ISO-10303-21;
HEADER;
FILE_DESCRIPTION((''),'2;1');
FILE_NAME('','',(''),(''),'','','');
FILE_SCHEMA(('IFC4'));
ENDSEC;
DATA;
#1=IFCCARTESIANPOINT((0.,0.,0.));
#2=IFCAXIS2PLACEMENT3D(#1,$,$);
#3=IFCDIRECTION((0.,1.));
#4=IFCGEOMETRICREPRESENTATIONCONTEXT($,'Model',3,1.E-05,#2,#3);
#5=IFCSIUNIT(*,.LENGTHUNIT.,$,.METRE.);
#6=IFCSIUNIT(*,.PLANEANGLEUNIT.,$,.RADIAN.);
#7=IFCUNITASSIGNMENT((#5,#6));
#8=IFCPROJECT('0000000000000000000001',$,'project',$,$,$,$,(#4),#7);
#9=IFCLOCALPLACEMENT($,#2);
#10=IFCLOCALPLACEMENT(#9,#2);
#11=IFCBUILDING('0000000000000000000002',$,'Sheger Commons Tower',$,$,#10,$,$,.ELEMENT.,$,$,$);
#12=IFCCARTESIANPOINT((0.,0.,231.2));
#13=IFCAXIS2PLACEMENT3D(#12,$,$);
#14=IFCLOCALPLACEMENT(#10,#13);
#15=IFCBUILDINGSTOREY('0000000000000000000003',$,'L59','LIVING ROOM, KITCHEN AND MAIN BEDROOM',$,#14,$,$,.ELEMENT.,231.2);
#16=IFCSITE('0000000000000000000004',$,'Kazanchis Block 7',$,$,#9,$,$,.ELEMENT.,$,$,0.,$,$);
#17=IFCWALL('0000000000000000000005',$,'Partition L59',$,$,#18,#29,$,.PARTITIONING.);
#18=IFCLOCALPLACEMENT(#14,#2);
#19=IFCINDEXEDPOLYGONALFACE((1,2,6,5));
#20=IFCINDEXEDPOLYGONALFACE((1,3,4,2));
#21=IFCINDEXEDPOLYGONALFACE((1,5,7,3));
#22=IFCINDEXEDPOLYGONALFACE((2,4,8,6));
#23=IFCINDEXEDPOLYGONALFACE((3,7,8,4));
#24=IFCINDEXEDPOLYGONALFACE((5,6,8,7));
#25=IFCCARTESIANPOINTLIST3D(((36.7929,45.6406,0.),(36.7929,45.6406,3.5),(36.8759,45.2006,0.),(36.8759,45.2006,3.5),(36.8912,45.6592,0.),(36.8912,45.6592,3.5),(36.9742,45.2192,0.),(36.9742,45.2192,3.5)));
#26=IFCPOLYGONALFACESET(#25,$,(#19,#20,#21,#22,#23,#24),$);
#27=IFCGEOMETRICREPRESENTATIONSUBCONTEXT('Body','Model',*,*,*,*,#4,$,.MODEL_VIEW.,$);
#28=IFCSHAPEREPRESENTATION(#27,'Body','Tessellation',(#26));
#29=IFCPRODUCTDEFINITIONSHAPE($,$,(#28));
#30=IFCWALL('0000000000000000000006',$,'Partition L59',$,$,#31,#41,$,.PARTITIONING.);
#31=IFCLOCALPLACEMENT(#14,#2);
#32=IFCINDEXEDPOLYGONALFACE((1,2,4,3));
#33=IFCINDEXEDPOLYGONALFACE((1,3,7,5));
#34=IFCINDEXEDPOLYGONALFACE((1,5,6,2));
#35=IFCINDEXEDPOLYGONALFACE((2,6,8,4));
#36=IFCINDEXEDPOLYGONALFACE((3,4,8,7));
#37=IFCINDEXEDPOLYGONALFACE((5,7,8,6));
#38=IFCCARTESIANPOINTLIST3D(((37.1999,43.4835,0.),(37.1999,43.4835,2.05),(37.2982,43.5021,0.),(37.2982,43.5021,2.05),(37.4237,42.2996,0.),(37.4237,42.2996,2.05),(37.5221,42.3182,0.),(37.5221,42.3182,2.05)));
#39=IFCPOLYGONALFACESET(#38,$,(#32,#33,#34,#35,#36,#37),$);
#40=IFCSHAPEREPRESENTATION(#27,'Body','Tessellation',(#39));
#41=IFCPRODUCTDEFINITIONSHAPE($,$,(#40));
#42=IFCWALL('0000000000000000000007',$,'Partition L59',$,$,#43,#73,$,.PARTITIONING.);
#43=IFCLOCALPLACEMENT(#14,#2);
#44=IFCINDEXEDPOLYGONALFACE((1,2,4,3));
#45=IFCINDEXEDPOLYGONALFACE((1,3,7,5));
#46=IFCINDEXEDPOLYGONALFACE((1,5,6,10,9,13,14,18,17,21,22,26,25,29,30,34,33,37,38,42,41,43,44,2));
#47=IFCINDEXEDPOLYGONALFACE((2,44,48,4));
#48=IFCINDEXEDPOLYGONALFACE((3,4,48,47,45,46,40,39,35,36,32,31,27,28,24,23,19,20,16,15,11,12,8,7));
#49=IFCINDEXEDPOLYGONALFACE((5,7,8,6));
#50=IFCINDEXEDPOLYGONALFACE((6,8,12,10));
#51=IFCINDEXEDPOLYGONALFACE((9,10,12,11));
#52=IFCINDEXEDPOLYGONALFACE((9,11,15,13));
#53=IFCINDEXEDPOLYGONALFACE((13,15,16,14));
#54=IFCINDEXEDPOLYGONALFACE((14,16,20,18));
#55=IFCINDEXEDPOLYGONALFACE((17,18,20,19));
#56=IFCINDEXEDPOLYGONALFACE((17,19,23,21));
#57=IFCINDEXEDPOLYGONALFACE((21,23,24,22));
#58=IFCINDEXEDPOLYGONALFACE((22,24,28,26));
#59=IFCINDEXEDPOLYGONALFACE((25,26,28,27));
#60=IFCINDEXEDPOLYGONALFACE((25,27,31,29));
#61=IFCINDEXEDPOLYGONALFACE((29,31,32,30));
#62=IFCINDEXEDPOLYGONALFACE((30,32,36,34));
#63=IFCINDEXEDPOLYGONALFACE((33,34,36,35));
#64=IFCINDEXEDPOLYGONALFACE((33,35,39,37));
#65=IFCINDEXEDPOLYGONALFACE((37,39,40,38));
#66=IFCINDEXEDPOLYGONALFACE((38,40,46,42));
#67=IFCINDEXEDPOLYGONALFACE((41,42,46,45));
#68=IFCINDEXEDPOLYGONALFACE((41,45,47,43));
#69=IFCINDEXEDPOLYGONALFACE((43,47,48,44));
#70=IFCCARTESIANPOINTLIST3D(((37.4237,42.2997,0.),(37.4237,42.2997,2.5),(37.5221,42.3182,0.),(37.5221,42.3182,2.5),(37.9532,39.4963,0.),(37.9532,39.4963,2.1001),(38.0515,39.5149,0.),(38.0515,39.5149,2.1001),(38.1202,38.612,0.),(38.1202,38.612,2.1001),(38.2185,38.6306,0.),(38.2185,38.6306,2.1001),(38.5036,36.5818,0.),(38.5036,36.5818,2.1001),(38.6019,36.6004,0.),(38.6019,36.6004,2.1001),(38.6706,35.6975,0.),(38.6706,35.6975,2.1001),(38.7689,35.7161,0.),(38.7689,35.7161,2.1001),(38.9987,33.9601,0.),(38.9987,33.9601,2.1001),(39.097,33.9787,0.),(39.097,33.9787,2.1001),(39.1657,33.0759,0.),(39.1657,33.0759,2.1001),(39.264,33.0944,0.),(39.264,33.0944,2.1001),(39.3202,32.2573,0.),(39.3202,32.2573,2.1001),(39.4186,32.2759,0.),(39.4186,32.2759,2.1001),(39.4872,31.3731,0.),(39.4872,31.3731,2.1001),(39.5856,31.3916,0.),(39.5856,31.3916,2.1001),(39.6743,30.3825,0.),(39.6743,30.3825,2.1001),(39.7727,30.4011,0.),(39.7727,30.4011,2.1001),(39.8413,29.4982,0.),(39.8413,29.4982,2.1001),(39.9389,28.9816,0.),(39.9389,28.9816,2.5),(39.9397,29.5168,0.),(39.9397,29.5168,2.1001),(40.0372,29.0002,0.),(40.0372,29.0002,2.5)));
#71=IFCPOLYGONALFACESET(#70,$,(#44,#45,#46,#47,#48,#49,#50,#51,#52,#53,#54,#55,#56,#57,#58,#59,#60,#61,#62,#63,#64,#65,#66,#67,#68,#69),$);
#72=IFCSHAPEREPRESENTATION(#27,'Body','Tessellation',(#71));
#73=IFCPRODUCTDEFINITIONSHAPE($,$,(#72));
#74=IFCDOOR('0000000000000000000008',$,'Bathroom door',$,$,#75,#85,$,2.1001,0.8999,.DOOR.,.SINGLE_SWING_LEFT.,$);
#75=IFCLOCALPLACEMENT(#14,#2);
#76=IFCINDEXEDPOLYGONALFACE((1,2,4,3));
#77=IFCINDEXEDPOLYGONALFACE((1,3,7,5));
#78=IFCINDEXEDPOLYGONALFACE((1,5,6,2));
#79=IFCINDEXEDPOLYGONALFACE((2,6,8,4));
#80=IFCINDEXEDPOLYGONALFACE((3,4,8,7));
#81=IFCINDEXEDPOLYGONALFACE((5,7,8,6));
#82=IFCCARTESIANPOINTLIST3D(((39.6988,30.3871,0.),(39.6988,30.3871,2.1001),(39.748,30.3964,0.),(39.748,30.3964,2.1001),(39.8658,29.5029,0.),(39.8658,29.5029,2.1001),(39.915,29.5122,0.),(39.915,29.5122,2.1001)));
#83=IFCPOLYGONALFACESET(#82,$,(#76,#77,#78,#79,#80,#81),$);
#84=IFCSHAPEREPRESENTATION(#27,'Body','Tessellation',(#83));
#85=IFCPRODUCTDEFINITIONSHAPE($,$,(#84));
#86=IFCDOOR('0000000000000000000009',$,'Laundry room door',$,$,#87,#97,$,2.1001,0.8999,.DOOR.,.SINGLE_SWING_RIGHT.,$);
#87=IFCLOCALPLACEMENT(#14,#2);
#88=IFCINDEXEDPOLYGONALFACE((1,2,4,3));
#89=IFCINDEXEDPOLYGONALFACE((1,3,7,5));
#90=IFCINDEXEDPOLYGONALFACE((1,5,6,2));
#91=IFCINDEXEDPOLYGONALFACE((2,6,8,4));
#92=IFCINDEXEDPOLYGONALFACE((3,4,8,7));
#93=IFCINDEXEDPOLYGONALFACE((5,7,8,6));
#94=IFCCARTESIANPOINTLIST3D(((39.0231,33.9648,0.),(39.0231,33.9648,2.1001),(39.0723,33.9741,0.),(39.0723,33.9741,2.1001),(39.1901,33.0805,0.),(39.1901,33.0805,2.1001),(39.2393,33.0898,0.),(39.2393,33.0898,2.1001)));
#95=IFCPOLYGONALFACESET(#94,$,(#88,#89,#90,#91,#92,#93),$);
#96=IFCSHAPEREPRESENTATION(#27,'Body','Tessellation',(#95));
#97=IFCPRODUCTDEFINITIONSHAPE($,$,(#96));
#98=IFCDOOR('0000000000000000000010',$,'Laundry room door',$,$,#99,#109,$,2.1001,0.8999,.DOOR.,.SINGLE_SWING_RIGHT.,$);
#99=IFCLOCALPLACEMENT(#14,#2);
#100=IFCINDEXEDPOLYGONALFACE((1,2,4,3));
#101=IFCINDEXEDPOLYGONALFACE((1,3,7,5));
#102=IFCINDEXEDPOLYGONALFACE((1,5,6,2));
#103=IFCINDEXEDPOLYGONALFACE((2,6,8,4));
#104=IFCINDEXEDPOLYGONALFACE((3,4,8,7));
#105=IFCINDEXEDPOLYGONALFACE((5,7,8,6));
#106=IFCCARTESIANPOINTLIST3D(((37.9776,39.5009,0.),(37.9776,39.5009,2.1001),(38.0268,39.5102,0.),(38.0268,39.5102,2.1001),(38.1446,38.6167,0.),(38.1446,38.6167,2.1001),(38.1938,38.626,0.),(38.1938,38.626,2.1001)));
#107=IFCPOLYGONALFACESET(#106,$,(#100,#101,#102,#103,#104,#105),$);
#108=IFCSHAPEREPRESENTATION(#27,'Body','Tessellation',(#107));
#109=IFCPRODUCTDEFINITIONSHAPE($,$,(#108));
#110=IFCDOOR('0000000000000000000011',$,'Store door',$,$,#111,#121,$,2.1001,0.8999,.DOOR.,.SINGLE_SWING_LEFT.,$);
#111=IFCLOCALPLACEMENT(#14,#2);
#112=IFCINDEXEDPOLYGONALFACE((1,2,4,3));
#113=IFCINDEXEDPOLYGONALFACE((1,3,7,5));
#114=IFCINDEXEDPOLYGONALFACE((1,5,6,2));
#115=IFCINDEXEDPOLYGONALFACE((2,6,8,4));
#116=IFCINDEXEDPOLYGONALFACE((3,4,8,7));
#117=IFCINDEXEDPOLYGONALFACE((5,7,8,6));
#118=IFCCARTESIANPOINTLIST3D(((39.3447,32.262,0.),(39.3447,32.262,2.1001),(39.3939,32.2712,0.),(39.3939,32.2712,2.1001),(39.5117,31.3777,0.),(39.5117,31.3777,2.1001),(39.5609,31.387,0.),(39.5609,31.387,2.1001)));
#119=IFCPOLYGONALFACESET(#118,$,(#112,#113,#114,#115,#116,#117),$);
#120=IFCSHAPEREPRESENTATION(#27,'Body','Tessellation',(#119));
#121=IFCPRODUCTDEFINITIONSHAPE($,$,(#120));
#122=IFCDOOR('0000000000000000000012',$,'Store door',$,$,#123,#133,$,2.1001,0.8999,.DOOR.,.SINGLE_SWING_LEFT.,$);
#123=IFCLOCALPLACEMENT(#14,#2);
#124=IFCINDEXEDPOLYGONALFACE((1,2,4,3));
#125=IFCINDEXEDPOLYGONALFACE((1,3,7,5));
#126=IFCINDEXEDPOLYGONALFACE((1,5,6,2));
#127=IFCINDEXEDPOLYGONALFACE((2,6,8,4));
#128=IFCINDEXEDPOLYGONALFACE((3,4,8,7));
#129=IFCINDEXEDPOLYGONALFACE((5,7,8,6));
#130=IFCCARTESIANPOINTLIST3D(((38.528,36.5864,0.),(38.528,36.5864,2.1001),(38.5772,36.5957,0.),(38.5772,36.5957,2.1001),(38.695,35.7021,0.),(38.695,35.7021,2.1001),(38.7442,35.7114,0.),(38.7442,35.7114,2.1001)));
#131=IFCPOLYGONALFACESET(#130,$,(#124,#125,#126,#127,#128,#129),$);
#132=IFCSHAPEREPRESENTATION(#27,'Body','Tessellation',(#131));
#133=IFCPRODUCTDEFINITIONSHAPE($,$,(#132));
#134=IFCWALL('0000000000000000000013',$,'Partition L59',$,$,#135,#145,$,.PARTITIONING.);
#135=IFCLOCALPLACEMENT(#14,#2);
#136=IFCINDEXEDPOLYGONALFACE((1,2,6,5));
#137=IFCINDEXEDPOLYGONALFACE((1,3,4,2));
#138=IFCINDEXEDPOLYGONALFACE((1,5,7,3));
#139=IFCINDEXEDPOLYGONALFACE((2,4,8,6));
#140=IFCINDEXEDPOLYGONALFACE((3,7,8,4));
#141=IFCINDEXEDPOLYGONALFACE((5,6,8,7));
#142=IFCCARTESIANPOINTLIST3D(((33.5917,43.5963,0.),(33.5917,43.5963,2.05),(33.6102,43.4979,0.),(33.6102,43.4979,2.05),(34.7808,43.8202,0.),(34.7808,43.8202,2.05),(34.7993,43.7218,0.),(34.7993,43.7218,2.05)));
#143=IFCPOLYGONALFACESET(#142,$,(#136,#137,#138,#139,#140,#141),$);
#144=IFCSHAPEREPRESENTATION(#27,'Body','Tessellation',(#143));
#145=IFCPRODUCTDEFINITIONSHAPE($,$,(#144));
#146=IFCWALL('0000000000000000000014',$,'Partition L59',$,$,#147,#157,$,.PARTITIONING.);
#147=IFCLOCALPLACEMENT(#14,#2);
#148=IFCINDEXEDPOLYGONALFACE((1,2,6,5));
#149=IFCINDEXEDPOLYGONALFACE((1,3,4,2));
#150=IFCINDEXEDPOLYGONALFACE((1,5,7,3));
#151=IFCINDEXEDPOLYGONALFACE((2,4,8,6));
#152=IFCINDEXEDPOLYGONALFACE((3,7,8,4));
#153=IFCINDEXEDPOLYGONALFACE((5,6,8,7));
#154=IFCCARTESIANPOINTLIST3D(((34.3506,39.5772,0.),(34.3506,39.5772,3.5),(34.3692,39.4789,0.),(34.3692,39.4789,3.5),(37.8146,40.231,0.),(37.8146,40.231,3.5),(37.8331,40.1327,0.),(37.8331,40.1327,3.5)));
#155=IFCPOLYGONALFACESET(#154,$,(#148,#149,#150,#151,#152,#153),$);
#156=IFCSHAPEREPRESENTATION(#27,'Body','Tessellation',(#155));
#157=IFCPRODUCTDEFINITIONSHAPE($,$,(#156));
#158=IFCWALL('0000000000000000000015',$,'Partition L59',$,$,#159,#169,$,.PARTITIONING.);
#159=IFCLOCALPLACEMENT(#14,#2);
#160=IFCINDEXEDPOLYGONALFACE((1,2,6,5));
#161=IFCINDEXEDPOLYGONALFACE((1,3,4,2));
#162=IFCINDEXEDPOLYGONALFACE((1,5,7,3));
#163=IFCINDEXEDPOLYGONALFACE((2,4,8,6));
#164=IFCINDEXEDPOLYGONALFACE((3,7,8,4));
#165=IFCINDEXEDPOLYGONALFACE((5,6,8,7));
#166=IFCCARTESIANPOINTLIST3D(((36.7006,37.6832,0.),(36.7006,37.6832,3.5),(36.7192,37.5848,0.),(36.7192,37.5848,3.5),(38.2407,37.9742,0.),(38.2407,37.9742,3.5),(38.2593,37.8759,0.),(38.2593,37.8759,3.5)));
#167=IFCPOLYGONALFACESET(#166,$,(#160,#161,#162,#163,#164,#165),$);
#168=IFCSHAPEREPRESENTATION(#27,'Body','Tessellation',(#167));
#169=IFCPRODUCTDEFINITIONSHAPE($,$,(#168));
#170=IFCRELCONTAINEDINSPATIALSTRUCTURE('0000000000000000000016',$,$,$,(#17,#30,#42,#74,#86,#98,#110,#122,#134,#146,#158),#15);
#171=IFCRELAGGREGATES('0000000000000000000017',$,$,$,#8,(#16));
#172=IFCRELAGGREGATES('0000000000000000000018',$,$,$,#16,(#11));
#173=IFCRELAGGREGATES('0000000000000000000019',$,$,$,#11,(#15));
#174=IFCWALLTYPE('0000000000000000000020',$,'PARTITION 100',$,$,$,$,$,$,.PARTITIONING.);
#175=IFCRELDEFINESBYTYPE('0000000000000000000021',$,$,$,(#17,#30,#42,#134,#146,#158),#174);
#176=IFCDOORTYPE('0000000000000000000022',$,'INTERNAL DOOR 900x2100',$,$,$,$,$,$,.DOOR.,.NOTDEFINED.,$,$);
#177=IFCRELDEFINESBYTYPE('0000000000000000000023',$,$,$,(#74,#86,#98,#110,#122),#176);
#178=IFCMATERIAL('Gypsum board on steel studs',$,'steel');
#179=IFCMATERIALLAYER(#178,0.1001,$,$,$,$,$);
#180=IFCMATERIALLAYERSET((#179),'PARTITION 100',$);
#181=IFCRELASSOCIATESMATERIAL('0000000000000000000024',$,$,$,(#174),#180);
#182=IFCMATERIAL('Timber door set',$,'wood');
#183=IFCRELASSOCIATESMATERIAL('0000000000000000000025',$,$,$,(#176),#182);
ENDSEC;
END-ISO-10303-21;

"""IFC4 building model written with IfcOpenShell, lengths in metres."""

from ifc_helpers import new_model, si_unit, direction, frame, frame_2d, origin, place, context, subcontext, project, spatial, rectangle, extrude, material, layer, layer_set, type_object, element, fill, save


model = new_model("IFC4")

# Units and contexts
model_context = context("Model", 3, precision=1e-05, world=origin(), true_north=direction((0.0, 1.0)))
body_context = subcontext(model_context, "Body", "Model", "MODEL_VIEW")
ifc_project = project(units=[si_unit("LENGTHUNIT", "METRE"), si_unit("PLANEANGLEUNIT", "RADIAN")], contexts=[model_context])

# Site, building, storey
site_placement = place(None, origin())
site = spatial("IfcSite", under=ifc_project, at=site_placement, Name="Kazanchis Block 7", CompositionType="ELEMENT", RefElevation=0.0)
building_placement = place(site_placement, origin())
building = spatial("IfcBuilding", under=site, at=building_placement, Name="Sheger Commons Tower", CompositionType="ELEMENT")
storey_placement = place(building_placement, frame((0.0, 0.0, 231.2)))
storey = spatial("IfcBuildingStorey", under=building, at=storey_placement, Name="L59", Description="LIVING ROOM, KITCHEN AND MAIN BEDROOM", CompositionType="ELEMENT", Elevation=231.2)

# Walls
ifc_material_1 = material(Name="Gypsum board on steel studs", Category="steel")
ifc_layer_1 = layer(ifc_material_1, 0.1001)
ifc_layer_set_1 = layer_set([ifc_layer_1], Name="PARTITION 100")
wall_type_1 = type_object("IfcWallType", Name="PARTITION 100", PredefinedType="PARTITIONING", material=ifc_layer_set_1)
wall_1_placement = place(storey_placement, frame((36.842, 45.6499, 0.0), z_axis=(0.0, 0.0, 1.0), x_axis=(0.185408, -0.982662, 0.0)))
element("IfcWall", 1, at=wall_1_placement, inside=storey, type_object=wall_type_1, Name="Partition L59", PredefinedType="PARTITIONING", context=body_context, shape_type="SweptSolid", body=[
    extrude(rectangle(XDim=0.4478, YDim=0.1001, at=frame_2d((0.2239, 0.0))), origin(), (0.0, 0.0, 1.0), 3.5),
])
wall_2_placement = place(storey_placement, frame((37.249, 43.4929, 0.0), z_axis=(0.0, 0.0, 1.0), x_axis=(0.185818, -0.982584, 0.0)))
element("IfcWall", 2, at=wall_2_placement, inside=storey, type_object=wall_type_1, Name="Partition L59", PredefinedType="PARTITIONING", context=body_context, shape_type="SweptSolid", body=[
    extrude(rectangle(XDim=1.2048, YDim=0.1001, at=frame_2d((0.6025, 0.0))), origin(), (0.0, 0.0, 1.0), 2.05),
])

# Wall, openings, doors
wall_3_placement = place(storey_placement, frame((37.4729, 42.3091, 0.0), z_axis=(0.0, 0.0, 1.0), x_axis=(0.185571, -0.982631, 0.0)))
wall_3 = element("IfcWall", 3, at=wall_3_placement, inside=storey, type_object=wall_type_1, Name="Partition L59", PredefinedType="PARTITIONING", context=body_context, shape_type="SweptSolid", body=[
    extrude(rectangle(XDim=13.5535, YDim=0.1001, at=frame_2d((6.7769, 0.0))), origin(), (0.0, 0.0, 1.0), 2.5),
])
opening_1_placement = place(wall_3_placement, frame((12.1279, 0.0, 0.0)))
opening_1 = element("IfcOpeningElement", 4, at=opening_1_placement, cuts=wall_3, PredefinedType="OPENING", context=body_context, shape_type="SweptSolid", body=[
    extrude(rectangle(XDim=0.8999, YDim=2.1001, at=frame_2d((0.45, 1.05))), frame((0.0, 0.0601, 0.0), z_axis=(0.0, -1.0, 0.0), x_axis=(1.0, 0.0, 0.0)), (0.0, 0.0, 1.0), 0.1201),
])
opening_2_placement = place(wall_3_placement, frame((8.4871, 0.0, 0.0)))
opening_2 = element("IfcOpeningElement", 5, at=opening_2_placement, cuts=wall_3, PredefinedType="OPENING", context=body_context, shape_type="SweptSolid", body=[
    extrude(rectangle(XDim=0.8999, YDim=2.1001, at=frame_2d((0.45, 1.05))), frame((0.0, 0.0601, 0.0), z_axis=(0.0, -1.0, 0.0), x_axis=(1.0, 0.0, 0.0)), (0.0, 0.0, 1.0), 0.1201),
])
opening_3_placement = place(wall_3_placement, frame((2.853, 0.0, 0.0)))
opening_3 = element("IfcOpeningElement", 6, at=opening_3_placement, cuts=wall_3, PredefinedType="OPENING", context=body_context, shape_type="SweptSolid", body=[
    extrude(rectangle(XDim=0.8999, YDim=2.1001, at=frame_2d((0.45, 1.05))), frame((0.0, 0.0601, 0.0), z_axis=(0.0, -1.0, 0.0), x_axis=(1.0, 0.0, 0.0)), (0.0, 0.0, 1.0), 0.1201),
])
opening_4_placement = place(wall_3_placement, frame((10.22, 0.0, 0.0)))
opening_4 = element("IfcOpeningElement", 7, at=opening_4_placement, cuts=wall_3, PredefinedType="OPENING", context=body_context, shape_type="SweptSolid", body=[
    extrude(rectangle(XDim=0.8999, YDim=2.1001, at=frame_2d((0.45, 1.05))), frame((0.0, 0.0601, 0.0), z_axis=(0.0, -1.0, 0.0), x_axis=(1.0, 0.0, 0.0)), (0.0, 0.0, 1.0), 0.1201),
])
opening_5_placement = place(wall_3_placement, frame((5.8191, 0.0, 0.0)))
opening_5 = element("IfcOpeningElement", 8, at=opening_5_placement, cuts=wall_3, PredefinedType="OPENING", context=body_context, shape_type="SweptSolid", body=[
    extrude(rectangle(XDim=0.8999, YDim=2.1001, at=frame_2d((0.45, 1.05))), frame((0.0, 0.0601, 0.0), z_axis=(0.0, -1.0, 0.0), x_axis=(1.0, 0.0, 0.0)), (0.0, 0.0, 1.0), 0.1201),
])
ifc_material_2 = material(Name="Timber door set", Category="wood")
door_type_1 = type_object("IfcDoorType", Name="INTERNAL DOOR 900x2100", OperationType="NOTDEFINED", PredefinedType="DOOR", material=ifc_material_2)
door_1_placement = place(opening_1_placement, origin())
door_1 = element("IfcDoor", 9, at=door_1_placement, inside=storey, type_object=door_type_1, Name="Bathroom door", OperationType="SINGLE_SWING_LEFT", OverallHeight=2.1001, OverallWidth=0.8999, PredefinedType="DOOR", context=body_context, shape_type="SweptSolid", body=[
    extrude(rectangle(XDim=0.8999, YDim=2.1001, at=frame_2d((0.45, 1.05))), frame((0.0, 0.0249, 0.0), z_axis=(0.0, -1.0, 0.0), x_axis=(1.0, 0.0, 0.0)), (0.0, 0.0, 1.0), 0.05),
])
fill(opening_1, door_1)
door_2_placement = place(opening_2_placement, origin())
door_2 = element("IfcDoor", 10, at=door_2_placement, inside=storey, type_object=door_type_1, Name="Laundry room door", OperationType="SINGLE_SWING_RIGHT", OverallHeight=2.1001, OverallWidth=0.8999, PredefinedType="DOOR", context=body_context, shape_type="SweptSolid", body=[
    extrude(rectangle(XDim=0.8999, YDim=2.1001, at=frame_2d((0.45, 1.05))), frame((0.0, 0.0249, 0.0), z_axis=(0.0, -1.0, 0.0), x_axis=(1.0, 0.0, 0.0)), (0.0, 0.0, 1.0), 0.05),
])
fill(opening_2, door_2)
door_3_placement = place(opening_3_placement, origin())
door_3 = element("IfcDoor", 11, at=door_3_placement, inside=storey, type_object=door_type_1, Name="Laundry room door", OperationType="SINGLE_SWING_RIGHT", OverallHeight=2.1001, OverallWidth=0.8999, PredefinedType="DOOR", context=body_context, shape_type="SweptSolid", body=[
    extrude(rectangle(XDim=0.8999, YDim=2.1001, at=frame_2d((0.45, 1.05))), frame((0.0, 0.0249, 0.0), z_axis=(0.0, -1.0, 0.0), x_axis=(1.0, 0.0, 0.0)), (0.0, 0.0, 1.0), 0.05),
])
fill(opening_3, door_3)
door_4_placement = place(opening_4_placement, origin())
door_4 = element("IfcDoor", 12, at=door_4_placement, inside=storey, type_object=door_type_1, Name="Store door", OperationType="SINGLE_SWING_LEFT", OverallHeight=2.1001, OverallWidth=0.8999, PredefinedType="DOOR", context=body_context, shape_type="SweptSolid", body=[
    extrude(rectangle(XDim=0.8999, YDim=2.1001, at=frame_2d((0.45, 1.05))), frame((0.0, 0.0249, 0.0), z_axis=(0.0, -1.0, 0.0), x_axis=(1.0, 0.0, 0.0)), (0.0, 0.0, 1.0), 0.05),
])
fill(opening_4, door_4)
door_5_placement = place(opening_5_placement, origin())
door_5 = element("IfcDoor", 13, at=door_5_placement, inside=storey, type_object=door_type_1, Name="Store door", OperationType="SINGLE_SWING_LEFT", OverallHeight=2.1001, OverallWidth=0.8999, PredefinedType="DOOR", context=body_context, shape_type="SweptSolid", body=[
    extrude(rectangle(XDim=0.8999, YDim=2.1001, at=frame_2d((0.45, 1.05))), frame((0.0, 0.0249, 0.0), z_axis=(0.0, -1.0, 0.0), x_axis=(1.0, 0.0, 0.0)), (0.0, 0.0, 1.0), 0.05),
])
fill(opening_5, door_5)

# Walls
wall_4_placement = place(storey_placement, frame((34.79, 43.771, 0.0), z_axis=(0.0, 0.0, 1.0), x_axis=(-0.98273, -0.185044, 0.0)))
element("IfcWall", 14, at=wall_4_placement, inside=storey, type_object=wall_type_1, Name="Partition L59", PredefinedType="PARTITIONING", context=body_context, shape_type="SweptSolid", body=[
    extrude(rectangle(XDim=1.21, YDim=0.1001, at=frame_2d((0.605, 0.0))), origin(), (0.0, 0.0, 1.0), 2.05),
])
wall_5_placement = place(storey_placement, frame((37.824, 40.1819, 0.0), z_axis=(0.0, 0.0, 1.0), x_axis=(-0.982649, -0.185476, 0.0)))
element("IfcWall", 15, at=wall_5_placement, inside=storey, type_object=wall_type_1, Name="Partition L59", PredefinedType="PARTITIONING", context=body_context, shape_type="SweptSolid", body=[
    extrude(rectangle(XDim=3.5251, YDim=0.1001, at=frame_2d((1.7627, 0.0))), origin(), (0.0, 0.0, 1.0), 3.5),
])
wall_6_placement = place(storey_placement, frame((38.25, 37.925, 0.0), z_axis=(0.0, 0.0, 1.0), x_axis=(-0.98261, -0.18568, 0.0)))
element("IfcWall", 16, at=wall_6_placement, inside=storey, type_object=wall_type_1, Name="Partition L59", PredefinedType="PARTITIONING", context=body_context, shape_type="SweptSolid", body=[
    extrude(rectangle(XDim=1.5674, YDim=0.1001, at=frame_2d((0.7837, 0.0))), origin(), (0.0, 0.0, 1.0), 3.5),
])

save(model, "model.ifc")
